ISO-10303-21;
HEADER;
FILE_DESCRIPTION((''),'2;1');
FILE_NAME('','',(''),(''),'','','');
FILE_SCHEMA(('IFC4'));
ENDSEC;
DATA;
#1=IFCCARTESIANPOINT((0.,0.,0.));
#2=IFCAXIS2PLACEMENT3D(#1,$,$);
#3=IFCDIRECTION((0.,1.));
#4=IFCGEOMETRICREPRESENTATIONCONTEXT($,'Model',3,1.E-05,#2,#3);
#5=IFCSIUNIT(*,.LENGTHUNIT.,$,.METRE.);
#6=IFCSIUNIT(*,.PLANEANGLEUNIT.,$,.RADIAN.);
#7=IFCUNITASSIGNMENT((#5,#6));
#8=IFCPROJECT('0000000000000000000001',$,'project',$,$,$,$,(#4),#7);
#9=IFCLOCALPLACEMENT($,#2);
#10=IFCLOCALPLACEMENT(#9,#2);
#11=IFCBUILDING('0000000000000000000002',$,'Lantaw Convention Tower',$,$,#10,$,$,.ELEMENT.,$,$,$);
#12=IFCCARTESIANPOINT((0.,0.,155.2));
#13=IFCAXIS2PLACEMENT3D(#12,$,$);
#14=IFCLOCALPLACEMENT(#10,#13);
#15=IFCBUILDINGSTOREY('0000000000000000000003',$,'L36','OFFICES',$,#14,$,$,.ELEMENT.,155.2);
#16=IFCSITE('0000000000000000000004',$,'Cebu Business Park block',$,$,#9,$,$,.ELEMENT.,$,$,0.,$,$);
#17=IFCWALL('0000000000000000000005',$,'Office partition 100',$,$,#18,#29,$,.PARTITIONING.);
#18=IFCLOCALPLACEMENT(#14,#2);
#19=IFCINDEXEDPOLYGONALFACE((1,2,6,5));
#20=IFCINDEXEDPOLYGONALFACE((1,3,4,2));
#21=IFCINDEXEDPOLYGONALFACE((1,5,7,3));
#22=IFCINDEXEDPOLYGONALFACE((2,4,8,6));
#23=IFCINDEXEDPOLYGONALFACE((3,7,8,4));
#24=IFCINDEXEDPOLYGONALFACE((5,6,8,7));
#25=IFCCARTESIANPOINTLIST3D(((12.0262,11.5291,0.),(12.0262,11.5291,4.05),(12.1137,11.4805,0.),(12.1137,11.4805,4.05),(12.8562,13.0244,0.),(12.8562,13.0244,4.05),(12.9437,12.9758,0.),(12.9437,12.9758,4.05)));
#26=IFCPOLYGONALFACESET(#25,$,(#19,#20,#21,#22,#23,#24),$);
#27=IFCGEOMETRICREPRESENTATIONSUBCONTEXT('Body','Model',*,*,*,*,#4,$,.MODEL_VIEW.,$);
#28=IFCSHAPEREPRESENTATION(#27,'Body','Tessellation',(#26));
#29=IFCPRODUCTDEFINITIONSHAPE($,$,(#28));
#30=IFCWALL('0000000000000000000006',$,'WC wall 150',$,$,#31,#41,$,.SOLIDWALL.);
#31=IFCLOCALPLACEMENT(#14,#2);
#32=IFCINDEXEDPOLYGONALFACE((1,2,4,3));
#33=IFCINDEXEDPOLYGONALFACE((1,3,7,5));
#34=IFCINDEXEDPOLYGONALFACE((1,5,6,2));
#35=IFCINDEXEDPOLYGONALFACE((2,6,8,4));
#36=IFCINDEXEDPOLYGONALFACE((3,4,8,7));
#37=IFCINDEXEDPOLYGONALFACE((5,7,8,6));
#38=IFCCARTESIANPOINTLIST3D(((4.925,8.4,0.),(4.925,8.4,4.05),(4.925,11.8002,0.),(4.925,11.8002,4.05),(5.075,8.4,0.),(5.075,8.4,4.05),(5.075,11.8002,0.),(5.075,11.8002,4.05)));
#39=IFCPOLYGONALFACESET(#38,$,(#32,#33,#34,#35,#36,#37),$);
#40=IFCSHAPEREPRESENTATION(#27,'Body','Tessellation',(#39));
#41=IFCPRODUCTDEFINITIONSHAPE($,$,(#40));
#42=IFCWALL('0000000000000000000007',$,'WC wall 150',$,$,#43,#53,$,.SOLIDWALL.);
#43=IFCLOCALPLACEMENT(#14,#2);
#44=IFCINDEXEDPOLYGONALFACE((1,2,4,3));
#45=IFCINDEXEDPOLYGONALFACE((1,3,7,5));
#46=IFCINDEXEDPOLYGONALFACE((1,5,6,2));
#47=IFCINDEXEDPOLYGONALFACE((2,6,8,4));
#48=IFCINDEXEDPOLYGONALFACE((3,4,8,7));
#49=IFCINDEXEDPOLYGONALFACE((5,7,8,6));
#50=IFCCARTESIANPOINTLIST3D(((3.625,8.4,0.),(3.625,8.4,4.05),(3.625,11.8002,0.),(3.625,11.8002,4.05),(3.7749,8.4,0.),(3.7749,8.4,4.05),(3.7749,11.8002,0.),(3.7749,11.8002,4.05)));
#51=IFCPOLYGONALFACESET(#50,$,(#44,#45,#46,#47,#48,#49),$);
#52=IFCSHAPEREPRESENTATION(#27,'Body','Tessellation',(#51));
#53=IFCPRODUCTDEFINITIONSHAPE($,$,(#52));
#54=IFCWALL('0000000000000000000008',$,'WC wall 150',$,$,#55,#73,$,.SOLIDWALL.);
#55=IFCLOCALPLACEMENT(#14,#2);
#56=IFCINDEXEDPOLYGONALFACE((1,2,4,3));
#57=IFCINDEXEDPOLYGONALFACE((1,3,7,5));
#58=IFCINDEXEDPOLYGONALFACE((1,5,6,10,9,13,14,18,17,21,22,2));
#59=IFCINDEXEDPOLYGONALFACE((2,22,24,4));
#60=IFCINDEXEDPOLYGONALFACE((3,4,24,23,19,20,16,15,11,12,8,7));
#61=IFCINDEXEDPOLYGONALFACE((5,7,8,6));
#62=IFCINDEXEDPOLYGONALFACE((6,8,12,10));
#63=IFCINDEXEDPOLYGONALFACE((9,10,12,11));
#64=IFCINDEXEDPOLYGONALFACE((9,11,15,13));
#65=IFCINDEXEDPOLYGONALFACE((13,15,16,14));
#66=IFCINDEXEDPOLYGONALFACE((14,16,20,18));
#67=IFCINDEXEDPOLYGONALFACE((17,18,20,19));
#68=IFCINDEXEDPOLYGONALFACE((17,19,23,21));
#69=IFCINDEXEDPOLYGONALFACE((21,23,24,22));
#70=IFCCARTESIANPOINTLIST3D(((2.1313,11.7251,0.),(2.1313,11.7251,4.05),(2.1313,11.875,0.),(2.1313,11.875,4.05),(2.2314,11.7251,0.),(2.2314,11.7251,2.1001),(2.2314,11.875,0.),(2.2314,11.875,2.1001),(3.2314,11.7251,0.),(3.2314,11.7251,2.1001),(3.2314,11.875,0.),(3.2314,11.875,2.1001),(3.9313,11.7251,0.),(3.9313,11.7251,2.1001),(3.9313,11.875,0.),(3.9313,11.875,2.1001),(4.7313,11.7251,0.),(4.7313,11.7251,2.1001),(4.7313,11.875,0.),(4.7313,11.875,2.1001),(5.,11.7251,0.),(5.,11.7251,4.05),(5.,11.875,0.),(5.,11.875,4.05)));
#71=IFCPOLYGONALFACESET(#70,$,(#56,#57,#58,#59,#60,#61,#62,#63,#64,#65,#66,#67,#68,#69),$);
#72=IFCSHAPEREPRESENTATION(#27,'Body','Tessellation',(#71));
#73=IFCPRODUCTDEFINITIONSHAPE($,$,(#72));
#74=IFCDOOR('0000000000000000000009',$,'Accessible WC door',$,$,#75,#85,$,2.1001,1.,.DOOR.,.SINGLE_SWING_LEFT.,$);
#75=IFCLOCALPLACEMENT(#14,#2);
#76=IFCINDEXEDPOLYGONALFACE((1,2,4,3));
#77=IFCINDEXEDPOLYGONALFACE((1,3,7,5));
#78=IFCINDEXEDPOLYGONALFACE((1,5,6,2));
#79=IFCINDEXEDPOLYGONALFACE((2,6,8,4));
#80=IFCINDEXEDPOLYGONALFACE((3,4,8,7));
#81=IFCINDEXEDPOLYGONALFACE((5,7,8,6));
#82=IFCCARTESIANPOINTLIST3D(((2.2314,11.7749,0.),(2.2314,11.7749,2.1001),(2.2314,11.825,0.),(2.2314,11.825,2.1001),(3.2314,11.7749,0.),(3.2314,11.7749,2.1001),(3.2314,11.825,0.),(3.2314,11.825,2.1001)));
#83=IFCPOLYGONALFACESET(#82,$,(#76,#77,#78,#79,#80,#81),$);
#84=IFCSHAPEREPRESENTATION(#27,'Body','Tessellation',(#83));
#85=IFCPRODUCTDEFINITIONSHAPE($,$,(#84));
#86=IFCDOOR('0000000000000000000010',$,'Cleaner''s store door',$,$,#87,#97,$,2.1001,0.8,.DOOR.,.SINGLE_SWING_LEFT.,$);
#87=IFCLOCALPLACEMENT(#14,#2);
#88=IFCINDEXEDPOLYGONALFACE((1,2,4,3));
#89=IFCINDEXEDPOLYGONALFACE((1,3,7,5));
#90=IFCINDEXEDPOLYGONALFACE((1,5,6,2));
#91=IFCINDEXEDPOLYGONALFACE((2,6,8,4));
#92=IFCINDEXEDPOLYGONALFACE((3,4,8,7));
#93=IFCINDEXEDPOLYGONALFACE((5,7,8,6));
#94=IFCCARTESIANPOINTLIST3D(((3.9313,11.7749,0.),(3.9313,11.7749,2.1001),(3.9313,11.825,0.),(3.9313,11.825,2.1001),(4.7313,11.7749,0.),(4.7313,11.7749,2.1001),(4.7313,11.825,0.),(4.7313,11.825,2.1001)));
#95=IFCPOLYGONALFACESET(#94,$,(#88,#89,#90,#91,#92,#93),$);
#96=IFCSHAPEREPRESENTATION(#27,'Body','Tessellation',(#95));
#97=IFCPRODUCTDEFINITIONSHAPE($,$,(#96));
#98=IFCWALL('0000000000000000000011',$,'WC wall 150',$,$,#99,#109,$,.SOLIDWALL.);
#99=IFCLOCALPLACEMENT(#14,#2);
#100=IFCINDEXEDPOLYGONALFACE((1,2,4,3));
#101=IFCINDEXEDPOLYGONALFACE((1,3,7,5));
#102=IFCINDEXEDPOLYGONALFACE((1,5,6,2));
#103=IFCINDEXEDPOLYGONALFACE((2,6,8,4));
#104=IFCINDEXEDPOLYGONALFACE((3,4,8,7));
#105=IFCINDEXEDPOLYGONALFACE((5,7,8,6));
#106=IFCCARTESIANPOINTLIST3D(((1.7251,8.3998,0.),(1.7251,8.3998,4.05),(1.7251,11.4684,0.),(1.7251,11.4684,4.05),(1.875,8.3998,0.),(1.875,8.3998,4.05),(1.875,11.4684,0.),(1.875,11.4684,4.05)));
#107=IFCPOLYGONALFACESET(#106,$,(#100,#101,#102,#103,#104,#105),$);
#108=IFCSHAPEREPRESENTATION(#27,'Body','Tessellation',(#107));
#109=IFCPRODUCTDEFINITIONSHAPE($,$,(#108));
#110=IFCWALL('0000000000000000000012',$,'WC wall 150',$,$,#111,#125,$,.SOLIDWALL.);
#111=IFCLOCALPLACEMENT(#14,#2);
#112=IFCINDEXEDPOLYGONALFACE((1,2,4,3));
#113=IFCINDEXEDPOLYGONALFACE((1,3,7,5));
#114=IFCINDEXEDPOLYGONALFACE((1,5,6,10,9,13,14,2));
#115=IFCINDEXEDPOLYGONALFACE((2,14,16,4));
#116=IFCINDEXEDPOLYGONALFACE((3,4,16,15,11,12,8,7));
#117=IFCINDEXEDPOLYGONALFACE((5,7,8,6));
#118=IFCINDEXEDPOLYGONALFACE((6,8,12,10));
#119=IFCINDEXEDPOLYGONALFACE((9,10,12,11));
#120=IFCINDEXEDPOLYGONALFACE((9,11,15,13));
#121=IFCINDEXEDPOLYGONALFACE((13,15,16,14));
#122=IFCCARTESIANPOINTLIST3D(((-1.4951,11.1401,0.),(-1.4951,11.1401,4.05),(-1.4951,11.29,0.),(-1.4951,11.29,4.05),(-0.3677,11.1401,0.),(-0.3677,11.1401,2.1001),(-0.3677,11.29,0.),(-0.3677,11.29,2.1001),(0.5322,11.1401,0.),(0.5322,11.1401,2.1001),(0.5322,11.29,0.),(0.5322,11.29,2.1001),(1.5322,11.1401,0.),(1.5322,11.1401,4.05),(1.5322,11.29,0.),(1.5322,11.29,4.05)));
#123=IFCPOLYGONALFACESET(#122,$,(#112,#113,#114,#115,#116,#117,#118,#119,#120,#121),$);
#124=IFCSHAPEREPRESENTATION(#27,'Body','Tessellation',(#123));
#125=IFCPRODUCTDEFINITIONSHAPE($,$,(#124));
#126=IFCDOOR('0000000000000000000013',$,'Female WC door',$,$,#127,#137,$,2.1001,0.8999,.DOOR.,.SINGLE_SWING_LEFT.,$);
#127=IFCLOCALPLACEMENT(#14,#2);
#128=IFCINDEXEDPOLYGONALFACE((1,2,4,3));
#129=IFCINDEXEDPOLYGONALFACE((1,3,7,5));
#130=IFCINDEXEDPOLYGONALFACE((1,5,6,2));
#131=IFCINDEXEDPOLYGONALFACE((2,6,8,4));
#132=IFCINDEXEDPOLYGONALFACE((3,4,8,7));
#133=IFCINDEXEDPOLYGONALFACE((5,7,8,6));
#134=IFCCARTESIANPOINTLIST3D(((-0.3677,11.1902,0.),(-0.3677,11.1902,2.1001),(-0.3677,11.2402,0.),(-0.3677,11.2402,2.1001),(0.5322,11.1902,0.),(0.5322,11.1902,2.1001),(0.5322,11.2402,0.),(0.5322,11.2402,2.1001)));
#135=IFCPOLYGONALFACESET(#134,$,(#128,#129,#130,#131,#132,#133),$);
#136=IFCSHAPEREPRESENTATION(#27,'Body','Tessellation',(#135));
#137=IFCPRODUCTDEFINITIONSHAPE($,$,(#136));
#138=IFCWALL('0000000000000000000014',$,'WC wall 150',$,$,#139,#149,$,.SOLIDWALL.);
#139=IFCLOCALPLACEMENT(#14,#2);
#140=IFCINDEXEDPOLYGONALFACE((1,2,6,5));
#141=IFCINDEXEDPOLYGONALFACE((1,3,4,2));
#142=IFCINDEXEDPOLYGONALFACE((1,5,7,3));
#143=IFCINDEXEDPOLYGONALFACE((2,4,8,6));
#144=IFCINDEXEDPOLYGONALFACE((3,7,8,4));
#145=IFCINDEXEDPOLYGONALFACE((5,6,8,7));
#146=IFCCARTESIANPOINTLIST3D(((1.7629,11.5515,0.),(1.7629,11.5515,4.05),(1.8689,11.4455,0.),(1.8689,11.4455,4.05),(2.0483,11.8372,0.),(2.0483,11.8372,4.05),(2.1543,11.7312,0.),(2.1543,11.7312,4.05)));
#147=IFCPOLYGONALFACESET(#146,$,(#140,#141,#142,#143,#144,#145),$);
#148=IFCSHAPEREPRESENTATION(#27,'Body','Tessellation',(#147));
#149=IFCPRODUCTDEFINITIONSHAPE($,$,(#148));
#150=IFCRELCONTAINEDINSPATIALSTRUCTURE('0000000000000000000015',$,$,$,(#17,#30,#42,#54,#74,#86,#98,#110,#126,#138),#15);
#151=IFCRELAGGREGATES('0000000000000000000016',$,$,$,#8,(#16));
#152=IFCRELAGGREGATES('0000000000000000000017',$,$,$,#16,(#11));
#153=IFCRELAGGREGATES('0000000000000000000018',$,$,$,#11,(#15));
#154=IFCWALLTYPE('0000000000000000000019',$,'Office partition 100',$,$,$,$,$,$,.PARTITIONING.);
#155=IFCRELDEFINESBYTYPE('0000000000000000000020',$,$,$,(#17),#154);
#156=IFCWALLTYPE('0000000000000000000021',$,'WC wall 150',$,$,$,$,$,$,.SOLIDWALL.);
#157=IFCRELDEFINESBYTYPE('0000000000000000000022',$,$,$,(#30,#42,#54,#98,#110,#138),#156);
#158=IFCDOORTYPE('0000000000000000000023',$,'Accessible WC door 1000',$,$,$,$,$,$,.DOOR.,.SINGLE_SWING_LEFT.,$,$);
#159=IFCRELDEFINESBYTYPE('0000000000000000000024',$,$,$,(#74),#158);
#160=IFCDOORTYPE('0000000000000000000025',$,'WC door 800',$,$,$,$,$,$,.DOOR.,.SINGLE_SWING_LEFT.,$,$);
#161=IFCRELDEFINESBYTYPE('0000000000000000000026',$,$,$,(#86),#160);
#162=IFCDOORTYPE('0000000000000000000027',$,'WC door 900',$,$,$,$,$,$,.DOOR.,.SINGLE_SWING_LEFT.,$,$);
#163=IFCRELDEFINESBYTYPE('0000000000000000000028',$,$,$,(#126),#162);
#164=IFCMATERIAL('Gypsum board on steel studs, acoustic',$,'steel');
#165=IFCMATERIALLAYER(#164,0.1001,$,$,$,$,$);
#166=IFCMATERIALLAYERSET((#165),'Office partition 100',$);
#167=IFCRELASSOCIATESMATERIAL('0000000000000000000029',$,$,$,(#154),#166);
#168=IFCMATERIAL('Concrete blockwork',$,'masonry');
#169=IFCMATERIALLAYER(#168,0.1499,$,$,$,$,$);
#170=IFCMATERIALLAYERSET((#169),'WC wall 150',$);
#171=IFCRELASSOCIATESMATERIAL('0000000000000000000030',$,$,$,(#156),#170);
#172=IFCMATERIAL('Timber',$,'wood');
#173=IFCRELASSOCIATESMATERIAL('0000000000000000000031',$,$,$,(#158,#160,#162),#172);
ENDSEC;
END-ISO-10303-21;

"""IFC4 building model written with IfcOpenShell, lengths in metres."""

from ifc_helpers import new_model, si_unit, direction, frame, frame_2d, origin, place, context, subcontext, project, spatial, rectangle, extrude, material, layer, layer_set, type_object, element, fill, save


model = new_model("IFC4")

# Units and contexts
model_context = context("Model", 3, precision=1e-05, world=origin(), true_north=direction((0.0, 1.0)))
body_context = subcontext(model_context, "Body", "Model", "MODEL_VIEW")
ifc_project = project(units=[si_unit("LENGTHUNIT", "METRE"), si_unit("PLANEANGLEUNIT", "RADIAN")], contexts=[model_context])

# Site, building, storey
site_placement = place(None, origin())
site = spatial("IfcSite", under=ifc_project, at=site_placement, Name="Cebu Business Park block", CompositionType="ELEMENT", RefElevation=0.0)
building_placement = place(site_placement, origin())
building = spatial("IfcBuilding", under=site, at=building_placement, Name="Lantaw Convention Tower", CompositionType="ELEMENT")
storey_placement = place(building_placement, frame((0.0, 0.0, 155.2)))
storey = spatial("IfcBuildingStorey", under=building, at=storey_placement, Name="L36", Description="OFFICES", CompositionType="ELEMENT", Elevation=155.2)

# Walls
ifc_material_1 = material(Name="Gypsum board on steel studs, acoustic", Category="steel")
ifc_layer_1 = layer(ifc_material_1, 0.1001)
ifc_layer_set_1 = layer_set([ifc_layer_1], Name="Office partition 100")
wall_type_1 = type_object("IfcWallType", Name="Office partition 100", PredefinedType="PARTITIONING", material=ifc_layer_set_1)
wall_1_placement = place(storey_placement, frame((12.8999, 13.0, 0.0), z_axis=(0.0, 0.0, 1.0), x_axis=(-0.48534, -0.874326, 0.0)))
element("IfcWall", 1, at=wall_1_placement, inside=storey, type_object=wall_type_1, Name="Office partition 100", PredefinedType="PARTITIONING", context=body_context, shape_type="SweptSolid", body=[
    extrude(rectangle(XDim=1.7102, YDim=0.1001, at=frame_2d((0.855, 0.0))), origin(), (0.0, 0.0, 1.0), 4.05),
])
ifc_material_2 = material(Name="Concrete blockwork", Category="masonry")
ifc_layer_2 = layer(ifc_material_2, 0.1499)
ifc_layer_set_2 = layer_set([ifc_layer_2], Name="WC wall 150")
wall_type_2 = type_object("IfcWallType", Name="WC wall 150", PredefinedType="SOLIDWALL", material=ifc_layer_set_2)
for number, where, z_axis, x_axis, name in (
    (2, (5.0, 8.3999, 0.0), (0.0, 0.0, 1.0), (0.0, 1.0, 0.0), "WC wall 150"),
    (3, (3.7, 8.3999, 0.0), (0.0, 0.0, 1.0), (0.0, 1.0, 0.0), "WC wall 150"),
):
    element("IfcWall", number, at=place(storey_placement, frame(where, z_axis=z_axis, x_axis=x_axis)), inside=storey, type_object=wall_type_2, Name=name, PredefinedType="SOLIDWALL", context=body_context, shape_type="SweptSolid", body=[
        extrude(rectangle(XDim=3.4001, YDim=0.1499, at=frame_2d((1.7002, 0.0))), origin(), (0.0, 0.0, 1.0), 4.05),
    ])

# Wall, openings, doors
wall_2_placement = place(storey_placement, frame((2.1313, 11.8, 0.0), z_axis=(0.0, 0.0, 1.0), x_axis=(1.0, 0.0, 0.0)))
wall_2 = element("IfcWall", 4, at=wall_2_placement, inside=storey, type_object=wall_type_2, Name="WC wall 150", PredefinedType="SOLIDWALL", context=body_context, shape_type="SweptSolid", body=[
    extrude(rectangle(XDim=2.8687, YDim=0.1499, at=frame_2d((1.4343, 0.0))), origin(), (0.0, 0.0, 1.0), 4.05),
])
opening_1_placement = place(wall_2_placement, frame((0.1001, 0.0, 0.0)))
opening_1 = element("IfcOpeningElement", 5, at=opening_1_placement, cuts=wall_2, PredefinedType="OPENING", context=body_context, shape_type="SweptSolid", body=[
    extrude(rectangle(XDim=1.0, YDim=2.1001, at=frame_2d((0.5, 1.05))), frame((0.0, 0.085, 0.0), z_axis=(0.0, -1.0, 0.0), x_axis=(1.0, 0.0, 0.0)), (0.0, 0.0, 1.0), 0.1699),
])
opening_2_placement = place(wall_2_placement, frame((1.8, 0.0, 0.0)))
opening_2 = element("IfcOpeningElement", 6, at=opening_2_placement, cuts=wall_2, PredefinedType="OPENING", context=body_context, shape_type="SweptSolid", body=[
    extrude(rectangle(XDim=0.8, YDim=2.1001, at=frame_2d((0.3999, 1.05))), frame((0.0, 0.085, 0.0), z_axis=(0.0, -1.0, 0.0), x_axis=(1.0, 0.0, 0.0)), (0.0, 0.0, 1.0), 0.1699),
])
ifc_material_3 = material(Name="Timber", Category="wood")
door_type_1 = type_object("IfcDoorType", Name="Accessible WC door 1000", OperationType="SINGLE_SWING_LEFT", PredefinedType="DOOR", material=ifc_material_3)
door_1_placement = place(opening_1_placement, origin())
door_1 = element("IfcDoor", 7, at=door_1_placement, inside=storey, type_object=door_type_1, Name="Accessible WC door", OperationType="SINGLE_SWING_LEFT", OverallHeight=2.1001, OverallWidth=1.0, PredefinedType="DOOR", context=body_context, shape_type="SweptSolid", body=[
    extrude(rectangle(XDim=1.0, YDim=2.1001, at=frame_2d((0.5, 1.05))), frame((0.0, 0.0249, 0.0), z_axis=(0.0, -1.0, 0.0), x_axis=(1.0, 0.0, 0.0)), (0.0, 0.0, 1.0), 0.05),
])
fill(opening_1, door_1)
door_type_2 = type_object("IfcDoorType", Name="WC door 800", OperationType="SINGLE_SWING_LEFT", PredefinedType="DOOR", material=ifc_material_3)
door_2_placement = place(opening_2_placement, origin())
door_2 = element("IfcDoor", 8, at=door_2_placement, inside=storey, type_object=door_type_2, Name="Cleaner's store door", OperationType="SINGLE_SWING_LEFT", OverallHeight=2.1001, OverallWidth=0.8, PredefinedType="DOOR", context=body_context, shape_type="SweptSolid", body=[
    extrude(rectangle(XDim=0.8, YDim=2.1001, at=frame_2d((0.3999, 1.05))), frame((0.0, 0.0249, 0.0), z_axis=(0.0, -1.0, 0.0), x_axis=(1.0, 0.0, 0.0)), (0.0, 0.0, 1.0), 0.05),
])
fill(opening_2, door_2)

# Wall
wall_3_placement = place(storey_placement, frame((1.8, 8.3999, 0.0), z_axis=(0.0, 0.0, 1.0), x_axis=(0.0, 1.0, 0.0)))
element("IfcWall", 9, at=wall_3_placement, inside=storey, type_object=wall_type_2, Name="WC wall 150", PredefinedType="SOLIDWALL", context=body_context, shape_type="SweptSolid", body=[
    extrude(rectangle(XDim=3.0686, YDim=0.1499, at=frame_2d((1.5342, 0.0))), origin(), (0.0, 0.0, 1.0), 4.05),
])

# Wall, opening, door
wall_4_placement = place(storey_placement, frame((1.5322, 11.2151, 0.0), z_axis=(0.0, 0.0, 1.0), x_axis=(-1.0, 0.0, 0.0)))
wall_4 = element("IfcWall", 10, at=wall_4_placement, inside=storey, type_object=wall_type_2, Name="WC wall 150", PredefinedType="SOLIDWALL", context=body_context, shape_type="SweptSolid", body=[
    extrude(rectangle(XDim=3.0273, YDim=0.1499, at=frame_2d((1.5137, 0.0))), origin(), (0.0, 0.0, 1.0), 4.05),
])
opening_3_placement = place(wall_4_placement, frame((1.0, 0.0, 0.0)))
opening_3 = element("IfcOpeningElement", 11, at=opening_3_placement, cuts=wall_4, PredefinedType="OPENING", context=body_context, shape_type="SweptSolid", body=[
    extrude(rectangle(XDim=0.8999, YDim=2.1001, at=frame_2d((0.45, 1.05))), frame((0.0, 0.085, 0.0), z_axis=(0.0, -1.0, 0.0), x_axis=(1.0, 0.0, 0.0)), (0.0, 0.0, 1.0), 0.1699),
])
door_type_3 = type_object("IfcDoorType", Name="WC door 900", OperationType="SINGLE_SWING_LEFT", PredefinedType="DOOR", material=ifc_material_3)
door_3_placement = place(opening_3_placement, origin())
door_3 = element("IfcDoor", 12, at=door_3_placement, inside=storey, type_object=door_type_3, Name="Female WC door", OperationType="SINGLE_SWING_LEFT", OverallHeight=2.1001, OverallWidth=0.8999, PredefinedType="DOOR", context=body_context, shape_type="SweptSolid", body=[
    extrude(rectangle(XDim=0.8999, YDim=2.1001, at=frame_2d((0.45, 1.05))), frame((0.0, 0.0249, 0.0), z_axis=(0.0, -1.0, 0.0), x_axis=(1.0, 0.0, 0.0)), (0.0, 0.0, 1.0), 0.05),
])
fill(opening_3, door_3)

# Wall
wall_5_placement = place(storey_placement, frame((2.1013, 11.7842, 0.0), z_axis=(0.0, 0.0, 1.0), x_axis=(-0.706804, -0.707409, 0.0)))
element("IfcWall", 13, at=wall_5_placement, inside=storey, type_object=wall_type_2, Name="WC wall 150", PredefinedType="SOLIDWALL", context=body_context, shape_type="SweptSolid", body=[
    extrude(rectangle(XDim=0.4038, YDim=0.1499, at=frame_2d((0.2019, 0.0))), origin(), (0.0, 0.0, 1.0), 4.05),
])

save(model, "model.ifc")
